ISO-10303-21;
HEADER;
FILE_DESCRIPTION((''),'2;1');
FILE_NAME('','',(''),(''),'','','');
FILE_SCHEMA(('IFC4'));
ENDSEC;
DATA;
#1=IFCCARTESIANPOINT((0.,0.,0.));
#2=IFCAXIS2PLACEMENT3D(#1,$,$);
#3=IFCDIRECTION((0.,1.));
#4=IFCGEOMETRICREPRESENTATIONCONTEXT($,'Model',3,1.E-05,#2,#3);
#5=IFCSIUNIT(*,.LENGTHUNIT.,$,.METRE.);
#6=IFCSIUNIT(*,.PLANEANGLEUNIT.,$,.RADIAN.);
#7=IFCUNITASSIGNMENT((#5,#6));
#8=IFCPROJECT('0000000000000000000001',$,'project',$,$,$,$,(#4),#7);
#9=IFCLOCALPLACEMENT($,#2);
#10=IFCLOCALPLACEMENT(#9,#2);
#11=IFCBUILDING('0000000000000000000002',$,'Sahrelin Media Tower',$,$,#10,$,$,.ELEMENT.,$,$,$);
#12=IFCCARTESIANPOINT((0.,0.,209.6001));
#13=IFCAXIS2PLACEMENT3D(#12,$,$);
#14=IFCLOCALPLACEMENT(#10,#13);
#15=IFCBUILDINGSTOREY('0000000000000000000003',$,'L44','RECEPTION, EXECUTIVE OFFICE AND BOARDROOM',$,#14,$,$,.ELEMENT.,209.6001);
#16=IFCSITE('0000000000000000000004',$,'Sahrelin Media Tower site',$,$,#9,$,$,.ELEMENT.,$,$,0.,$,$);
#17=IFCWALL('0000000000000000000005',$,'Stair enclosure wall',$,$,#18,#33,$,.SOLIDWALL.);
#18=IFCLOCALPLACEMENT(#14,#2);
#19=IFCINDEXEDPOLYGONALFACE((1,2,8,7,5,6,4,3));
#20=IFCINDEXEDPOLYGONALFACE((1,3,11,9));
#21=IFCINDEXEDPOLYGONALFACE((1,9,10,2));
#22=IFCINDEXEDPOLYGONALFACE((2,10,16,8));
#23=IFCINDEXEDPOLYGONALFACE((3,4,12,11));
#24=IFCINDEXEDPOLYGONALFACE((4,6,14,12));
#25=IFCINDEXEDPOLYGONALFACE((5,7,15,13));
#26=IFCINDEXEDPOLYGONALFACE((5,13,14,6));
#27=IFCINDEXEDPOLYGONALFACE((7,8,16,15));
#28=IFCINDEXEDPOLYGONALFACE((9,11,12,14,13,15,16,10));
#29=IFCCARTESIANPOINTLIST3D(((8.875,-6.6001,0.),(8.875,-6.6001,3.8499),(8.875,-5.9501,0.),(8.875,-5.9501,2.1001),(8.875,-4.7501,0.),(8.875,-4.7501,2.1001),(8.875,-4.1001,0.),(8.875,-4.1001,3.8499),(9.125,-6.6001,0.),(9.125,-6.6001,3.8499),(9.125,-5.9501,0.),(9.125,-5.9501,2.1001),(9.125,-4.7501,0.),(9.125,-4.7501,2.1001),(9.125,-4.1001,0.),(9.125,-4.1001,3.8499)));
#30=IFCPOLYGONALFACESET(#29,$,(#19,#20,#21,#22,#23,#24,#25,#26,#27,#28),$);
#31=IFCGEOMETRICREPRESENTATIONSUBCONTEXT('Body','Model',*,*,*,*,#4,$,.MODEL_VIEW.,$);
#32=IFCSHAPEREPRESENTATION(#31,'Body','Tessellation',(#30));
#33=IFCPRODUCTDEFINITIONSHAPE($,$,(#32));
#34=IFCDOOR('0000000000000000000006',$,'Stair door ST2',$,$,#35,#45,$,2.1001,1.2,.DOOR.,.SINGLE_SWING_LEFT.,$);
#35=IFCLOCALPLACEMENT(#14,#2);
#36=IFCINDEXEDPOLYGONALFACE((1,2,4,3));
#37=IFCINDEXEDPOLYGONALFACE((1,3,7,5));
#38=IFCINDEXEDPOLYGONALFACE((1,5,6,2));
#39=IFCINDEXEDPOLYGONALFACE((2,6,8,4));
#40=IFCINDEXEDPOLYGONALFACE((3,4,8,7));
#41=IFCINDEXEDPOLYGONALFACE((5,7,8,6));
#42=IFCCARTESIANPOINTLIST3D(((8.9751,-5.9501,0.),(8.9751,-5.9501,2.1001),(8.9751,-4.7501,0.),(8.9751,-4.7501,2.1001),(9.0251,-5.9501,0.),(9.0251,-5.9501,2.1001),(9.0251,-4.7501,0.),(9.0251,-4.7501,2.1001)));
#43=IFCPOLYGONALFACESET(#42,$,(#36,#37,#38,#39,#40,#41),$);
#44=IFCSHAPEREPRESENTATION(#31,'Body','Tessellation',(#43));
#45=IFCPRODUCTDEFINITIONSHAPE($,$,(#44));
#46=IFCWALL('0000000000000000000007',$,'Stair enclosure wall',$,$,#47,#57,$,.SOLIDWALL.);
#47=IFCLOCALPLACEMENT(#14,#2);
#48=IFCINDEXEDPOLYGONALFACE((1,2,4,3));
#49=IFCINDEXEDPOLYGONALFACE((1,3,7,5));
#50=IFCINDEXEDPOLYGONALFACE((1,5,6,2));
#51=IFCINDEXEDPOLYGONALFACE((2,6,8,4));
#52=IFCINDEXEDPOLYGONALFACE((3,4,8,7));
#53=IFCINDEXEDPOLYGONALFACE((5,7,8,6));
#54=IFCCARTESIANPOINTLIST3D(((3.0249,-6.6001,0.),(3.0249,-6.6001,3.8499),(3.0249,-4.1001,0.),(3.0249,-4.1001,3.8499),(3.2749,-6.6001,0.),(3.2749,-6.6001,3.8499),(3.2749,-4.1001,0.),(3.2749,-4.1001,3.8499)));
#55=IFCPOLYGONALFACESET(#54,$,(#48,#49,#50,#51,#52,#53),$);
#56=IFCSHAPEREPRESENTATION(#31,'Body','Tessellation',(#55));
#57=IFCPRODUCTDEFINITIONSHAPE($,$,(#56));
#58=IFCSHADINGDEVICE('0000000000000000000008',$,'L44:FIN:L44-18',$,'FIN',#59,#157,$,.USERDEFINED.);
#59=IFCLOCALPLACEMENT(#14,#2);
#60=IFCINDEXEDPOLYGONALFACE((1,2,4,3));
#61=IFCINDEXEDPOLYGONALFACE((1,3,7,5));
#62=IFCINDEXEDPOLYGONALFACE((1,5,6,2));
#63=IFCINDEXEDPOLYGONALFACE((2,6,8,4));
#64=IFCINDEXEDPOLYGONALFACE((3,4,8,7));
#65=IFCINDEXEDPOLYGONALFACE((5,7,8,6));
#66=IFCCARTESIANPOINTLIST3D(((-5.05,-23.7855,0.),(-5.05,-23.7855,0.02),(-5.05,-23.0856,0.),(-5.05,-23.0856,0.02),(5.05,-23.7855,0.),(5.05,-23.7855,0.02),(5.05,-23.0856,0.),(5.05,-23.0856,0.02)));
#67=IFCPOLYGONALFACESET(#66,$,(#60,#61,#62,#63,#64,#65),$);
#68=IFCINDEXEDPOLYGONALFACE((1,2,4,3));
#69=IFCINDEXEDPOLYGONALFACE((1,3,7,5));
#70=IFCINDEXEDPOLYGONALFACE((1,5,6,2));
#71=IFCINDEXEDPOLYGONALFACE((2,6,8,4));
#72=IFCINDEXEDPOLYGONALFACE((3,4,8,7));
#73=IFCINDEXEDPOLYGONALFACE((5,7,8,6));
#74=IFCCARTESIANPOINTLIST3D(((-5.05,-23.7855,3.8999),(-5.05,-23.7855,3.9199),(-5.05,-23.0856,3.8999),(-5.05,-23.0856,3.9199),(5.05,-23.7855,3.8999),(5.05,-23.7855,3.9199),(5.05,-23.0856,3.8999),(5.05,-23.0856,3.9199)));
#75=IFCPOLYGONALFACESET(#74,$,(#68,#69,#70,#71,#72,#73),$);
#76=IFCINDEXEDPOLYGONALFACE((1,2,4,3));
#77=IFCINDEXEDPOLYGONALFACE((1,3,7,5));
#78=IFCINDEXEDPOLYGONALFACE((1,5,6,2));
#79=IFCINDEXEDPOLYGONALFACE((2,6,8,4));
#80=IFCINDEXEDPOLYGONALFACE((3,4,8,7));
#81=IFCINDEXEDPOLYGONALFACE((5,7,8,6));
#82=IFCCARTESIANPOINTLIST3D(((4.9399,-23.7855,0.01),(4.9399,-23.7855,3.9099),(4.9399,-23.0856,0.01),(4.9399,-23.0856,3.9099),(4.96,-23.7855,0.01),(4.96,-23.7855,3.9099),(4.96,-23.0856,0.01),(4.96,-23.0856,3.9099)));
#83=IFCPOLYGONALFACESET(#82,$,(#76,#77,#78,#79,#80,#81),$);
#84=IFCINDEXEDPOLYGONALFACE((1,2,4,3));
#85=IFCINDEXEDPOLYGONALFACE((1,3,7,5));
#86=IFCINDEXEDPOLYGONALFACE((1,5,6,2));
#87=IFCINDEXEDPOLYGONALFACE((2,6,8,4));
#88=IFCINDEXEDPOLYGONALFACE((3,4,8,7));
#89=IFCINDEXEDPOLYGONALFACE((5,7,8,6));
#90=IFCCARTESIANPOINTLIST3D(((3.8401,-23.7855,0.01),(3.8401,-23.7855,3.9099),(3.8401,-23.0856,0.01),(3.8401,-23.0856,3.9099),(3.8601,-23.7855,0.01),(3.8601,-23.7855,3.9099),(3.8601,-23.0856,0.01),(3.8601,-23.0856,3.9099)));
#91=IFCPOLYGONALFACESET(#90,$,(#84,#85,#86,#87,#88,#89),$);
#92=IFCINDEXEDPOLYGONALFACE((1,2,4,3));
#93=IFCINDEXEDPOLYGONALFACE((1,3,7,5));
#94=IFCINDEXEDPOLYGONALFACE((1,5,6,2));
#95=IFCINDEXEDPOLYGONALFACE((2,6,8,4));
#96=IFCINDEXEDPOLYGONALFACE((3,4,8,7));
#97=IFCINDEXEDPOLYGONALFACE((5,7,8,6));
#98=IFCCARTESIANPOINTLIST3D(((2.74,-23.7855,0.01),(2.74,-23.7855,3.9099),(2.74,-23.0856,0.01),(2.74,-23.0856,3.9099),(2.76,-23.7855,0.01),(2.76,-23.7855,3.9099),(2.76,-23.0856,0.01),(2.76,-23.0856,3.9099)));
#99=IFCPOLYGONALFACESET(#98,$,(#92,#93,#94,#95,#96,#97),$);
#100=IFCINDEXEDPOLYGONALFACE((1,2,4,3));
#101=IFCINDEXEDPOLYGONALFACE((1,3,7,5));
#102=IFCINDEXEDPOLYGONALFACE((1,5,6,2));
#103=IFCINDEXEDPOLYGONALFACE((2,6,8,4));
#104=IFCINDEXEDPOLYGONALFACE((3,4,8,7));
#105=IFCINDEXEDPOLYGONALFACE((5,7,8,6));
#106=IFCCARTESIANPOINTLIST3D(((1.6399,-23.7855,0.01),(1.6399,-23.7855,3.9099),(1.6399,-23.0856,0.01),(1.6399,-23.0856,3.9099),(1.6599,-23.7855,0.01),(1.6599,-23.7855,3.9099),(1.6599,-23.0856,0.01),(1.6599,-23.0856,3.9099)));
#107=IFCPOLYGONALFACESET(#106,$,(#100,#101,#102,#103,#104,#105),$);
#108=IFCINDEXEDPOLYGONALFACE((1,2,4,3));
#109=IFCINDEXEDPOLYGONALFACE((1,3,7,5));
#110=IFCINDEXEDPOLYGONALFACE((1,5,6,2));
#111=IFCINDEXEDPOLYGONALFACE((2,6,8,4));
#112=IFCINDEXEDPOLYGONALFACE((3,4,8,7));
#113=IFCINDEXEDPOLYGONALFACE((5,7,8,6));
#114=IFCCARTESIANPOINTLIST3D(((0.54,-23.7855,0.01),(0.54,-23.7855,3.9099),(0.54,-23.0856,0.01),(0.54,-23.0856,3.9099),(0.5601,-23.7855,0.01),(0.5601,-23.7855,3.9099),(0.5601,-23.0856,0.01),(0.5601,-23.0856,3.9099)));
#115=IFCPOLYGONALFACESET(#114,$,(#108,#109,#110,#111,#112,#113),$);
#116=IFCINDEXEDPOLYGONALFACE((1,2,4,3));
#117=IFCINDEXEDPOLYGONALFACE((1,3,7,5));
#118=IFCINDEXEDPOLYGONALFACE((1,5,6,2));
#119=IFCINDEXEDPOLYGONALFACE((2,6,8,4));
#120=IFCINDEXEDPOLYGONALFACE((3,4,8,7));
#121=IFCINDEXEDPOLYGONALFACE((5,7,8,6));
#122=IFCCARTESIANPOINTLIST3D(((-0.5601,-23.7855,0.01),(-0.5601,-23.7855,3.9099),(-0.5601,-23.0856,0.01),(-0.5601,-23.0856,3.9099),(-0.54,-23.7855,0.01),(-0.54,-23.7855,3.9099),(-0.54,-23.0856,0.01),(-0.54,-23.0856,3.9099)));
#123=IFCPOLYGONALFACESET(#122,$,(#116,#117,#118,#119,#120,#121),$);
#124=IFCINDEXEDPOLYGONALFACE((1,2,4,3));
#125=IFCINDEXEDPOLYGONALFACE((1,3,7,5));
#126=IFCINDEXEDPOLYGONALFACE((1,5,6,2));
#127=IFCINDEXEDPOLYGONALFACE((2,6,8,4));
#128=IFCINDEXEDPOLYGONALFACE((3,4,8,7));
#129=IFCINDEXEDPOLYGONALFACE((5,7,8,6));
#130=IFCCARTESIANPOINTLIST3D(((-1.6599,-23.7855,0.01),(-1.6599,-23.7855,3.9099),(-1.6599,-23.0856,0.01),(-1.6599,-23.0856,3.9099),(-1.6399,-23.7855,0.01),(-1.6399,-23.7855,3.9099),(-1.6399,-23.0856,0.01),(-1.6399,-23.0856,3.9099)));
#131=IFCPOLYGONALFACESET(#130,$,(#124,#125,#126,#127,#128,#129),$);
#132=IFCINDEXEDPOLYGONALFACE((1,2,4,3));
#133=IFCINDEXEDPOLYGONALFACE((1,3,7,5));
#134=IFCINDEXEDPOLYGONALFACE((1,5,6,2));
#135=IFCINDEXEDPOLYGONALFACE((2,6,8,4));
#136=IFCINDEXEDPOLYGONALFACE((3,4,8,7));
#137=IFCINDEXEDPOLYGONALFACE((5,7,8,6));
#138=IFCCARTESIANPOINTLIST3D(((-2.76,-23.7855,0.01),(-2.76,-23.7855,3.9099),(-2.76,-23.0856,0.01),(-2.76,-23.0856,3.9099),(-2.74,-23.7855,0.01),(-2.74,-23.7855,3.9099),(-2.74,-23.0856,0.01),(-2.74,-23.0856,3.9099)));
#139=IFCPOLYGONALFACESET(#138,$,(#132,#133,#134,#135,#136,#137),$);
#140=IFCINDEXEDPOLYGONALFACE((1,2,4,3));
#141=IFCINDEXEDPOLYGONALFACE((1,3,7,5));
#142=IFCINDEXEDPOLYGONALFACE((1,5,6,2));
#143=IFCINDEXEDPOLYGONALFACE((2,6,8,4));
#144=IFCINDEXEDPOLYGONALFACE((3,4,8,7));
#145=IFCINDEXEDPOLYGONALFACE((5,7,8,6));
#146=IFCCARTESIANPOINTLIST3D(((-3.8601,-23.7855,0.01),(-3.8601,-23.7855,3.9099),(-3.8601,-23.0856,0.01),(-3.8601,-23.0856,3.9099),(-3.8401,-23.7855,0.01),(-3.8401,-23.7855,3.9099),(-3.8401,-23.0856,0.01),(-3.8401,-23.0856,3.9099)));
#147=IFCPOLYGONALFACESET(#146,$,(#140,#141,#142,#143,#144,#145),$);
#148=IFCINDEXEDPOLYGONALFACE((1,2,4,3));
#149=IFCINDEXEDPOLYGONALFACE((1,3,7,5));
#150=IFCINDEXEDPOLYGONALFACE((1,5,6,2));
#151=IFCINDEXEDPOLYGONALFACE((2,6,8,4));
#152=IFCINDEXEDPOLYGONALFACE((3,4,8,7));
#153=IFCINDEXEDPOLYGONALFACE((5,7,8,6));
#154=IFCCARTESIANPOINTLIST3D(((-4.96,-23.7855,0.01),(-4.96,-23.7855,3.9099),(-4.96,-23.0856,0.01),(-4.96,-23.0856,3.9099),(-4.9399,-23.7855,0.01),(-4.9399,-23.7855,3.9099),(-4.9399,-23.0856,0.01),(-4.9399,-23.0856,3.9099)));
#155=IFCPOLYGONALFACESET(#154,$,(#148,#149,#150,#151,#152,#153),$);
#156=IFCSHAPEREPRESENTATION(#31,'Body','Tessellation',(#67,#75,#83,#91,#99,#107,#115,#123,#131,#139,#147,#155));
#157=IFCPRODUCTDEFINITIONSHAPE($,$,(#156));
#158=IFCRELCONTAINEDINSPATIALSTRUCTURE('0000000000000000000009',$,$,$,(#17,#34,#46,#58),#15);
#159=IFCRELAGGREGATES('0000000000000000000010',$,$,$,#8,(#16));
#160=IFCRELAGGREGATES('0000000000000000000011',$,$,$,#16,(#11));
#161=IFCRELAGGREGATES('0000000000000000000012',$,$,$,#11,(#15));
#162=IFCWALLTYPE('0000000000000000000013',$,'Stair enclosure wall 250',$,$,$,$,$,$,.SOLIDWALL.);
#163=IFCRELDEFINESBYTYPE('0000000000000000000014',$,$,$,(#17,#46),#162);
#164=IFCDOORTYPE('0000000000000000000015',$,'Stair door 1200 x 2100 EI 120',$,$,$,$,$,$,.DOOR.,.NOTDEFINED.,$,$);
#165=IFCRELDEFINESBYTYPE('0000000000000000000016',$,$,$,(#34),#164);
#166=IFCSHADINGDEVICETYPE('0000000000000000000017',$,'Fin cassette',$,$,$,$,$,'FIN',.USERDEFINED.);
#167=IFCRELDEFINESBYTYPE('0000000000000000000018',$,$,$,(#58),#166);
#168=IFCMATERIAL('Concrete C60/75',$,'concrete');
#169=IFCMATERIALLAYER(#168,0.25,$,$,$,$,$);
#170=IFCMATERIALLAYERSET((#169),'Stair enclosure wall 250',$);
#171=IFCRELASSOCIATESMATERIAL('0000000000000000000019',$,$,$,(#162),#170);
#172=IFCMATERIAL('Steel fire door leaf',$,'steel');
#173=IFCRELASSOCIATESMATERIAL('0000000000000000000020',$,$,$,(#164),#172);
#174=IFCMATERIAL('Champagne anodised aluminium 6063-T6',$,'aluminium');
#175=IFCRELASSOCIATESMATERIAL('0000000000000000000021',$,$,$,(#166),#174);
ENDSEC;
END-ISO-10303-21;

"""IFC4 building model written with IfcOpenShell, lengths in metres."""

from ifc_helpers import new_model, si_unit, direction, frame, frame_2d, origin, origin_2d, place, context, subcontext, project, spatial, rectangle, extrude, material, layer, layer_set, type_object, element, fill, save


model = new_model("IFC4")

# Units and contexts
model_context = context("Model", 3, precision=1e-05, world=origin(), true_north=direction((0.0, 1.0)))
body_context = subcontext(model_context, "Body", "Model", "MODEL_VIEW")
ifc_project = project(units=[si_unit("LENGTHUNIT", "METRE"), si_unit("PLANEANGLEUNIT", "RADIAN")], contexts=[model_context])

# Site, building, storey
site_placement = place(None, origin())
site = spatial("IfcSite", under=ifc_project, at=site_placement, Name="Sahrelin Media Tower site", CompositionType="ELEMENT", RefElevation=0.0)
building_placement = place(site_placement, origin())
building = spatial("IfcBuilding", under=site, at=building_placement, Name="Sahrelin Media Tower", CompositionType="ELEMENT")
storey_placement = place(building_placement, frame((0.0, 0.0, 209.6001)))
storey = spatial("IfcBuildingStorey", under=building, at=storey_placement, Name="L44", Description="RECEPTION, EXECUTIVE OFFICE AND BOARDROOM", CompositionType="ELEMENT", Elevation=209.6001)

# Shared definitions
ifc_material_1 = material(Name="Champagne anodised aluminium 6063-T6", Category="aluminium")

# Shared definitions
ifc_material_2 = material(Name="Steel fire door leaf", Category="steel")

# Wall, opening, door
ifc_material_3 = material(Name="Concrete C60/75", Category="concrete")
ifc_layer_1 = layer(ifc_material_3, 0.25)
ifc_layer_set_1 = layer_set([ifc_layer_1], Name="Stair enclosure wall 250")
wall_type_1 = type_object("IfcWallType", Name="Stair enclosure wall 250", PredefinedType="SOLIDWALL", material=ifc_layer_set_1)
wall_1_placement = place(storey_placement, frame((9.0, -6.6001, 0.0), z_axis=(0.0, 0.0, 1.0), x_axis=(0.0, 1.0, 0.0)))
wall_1 = element("IfcWall", 1, at=wall_1_placement, inside=storey, type_object=wall_type_1, Name="Stair enclosure wall", PredefinedType="SOLIDWALL", context=body_context, shape_type="SweptSolid", body=[
    extrude(rectangle(XDim=2.5, YDim=0.25, at=frame_2d((1.25, 0.0))), origin(), (0.0, 0.0, 1.0), 3.8499),
])
opening_1_placement = place(wall_1_placement, frame((0.6499, 0.0, 0.0)))
opening_1 = element("IfcOpeningElement", 2, at=opening_1_placement, cuts=wall_1, PredefinedType="OPENING", context=body_context, shape_type="SweptSolid", body=[
    extrude(rectangle(XDim=1.2, YDim=2.1001, at=frame_2d((0.6001, 1.05))), frame((0.0, 0.125, 0.0), z_axis=(0.0, -1.0, 0.0), x_axis=(1.0, 0.0, 0.0)), (0.0, 0.0, 1.0), 0.25),
])
door_type_1 = type_object("IfcDoorType", Name="Stair door 1200 x 2100 EI 120", OperationType="NOTDEFINED", PredefinedType="DOOR", material=ifc_material_2)
door_1_placement = place(opening_1_placement, origin())
door_1 = element("IfcDoor", 3, at=door_1_placement, inside=storey, type_object=door_type_1, Name="Stair door ST2", OperationType="SINGLE_SWING_LEFT", OverallHeight=2.1001, OverallWidth=1.2, PredefinedType="DOOR", context=body_context, shape_type="SweptSolid", body=[
    extrude(rectangle(XDim=1.2, YDim=2.1001, at=frame_2d((0.6001, 1.05))), frame((0.0, 0.0249, 0.0), z_axis=(0.0, -1.0, 0.0), x_axis=(1.0, 0.0, 0.0)), (0.0, 0.0, 1.0), 0.05),
])
fill(opening_1, door_1)

# Wall
wall_2_placement = place(storey_placement, frame((3.1499, -6.6001, 0.0), z_axis=(0.0, 0.0, 1.0), x_axis=(0.0, 1.0, 0.0)))
element("IfcWall", 4, at=wall_2_placement, inside=storey, type_object=wall_type_1, Name="Stair enclosure wall", PredefinedType="SOLIDWALL", context=body_context, shape_type="SweptSolid", body=[
    extrude(rectangle(XDim=2.5, YDim=0.25, at=frame_2d((1.25, 0.0))), origin(), (0.0, 0.0, 1.0), 3.8499),
])

# Shading device
shading_device_type_1 = type_object("IfcShadingDeviceType", Name="Fin cassette", ElementType="FIN", PredefinedType="USERDEFINED", material=ifc_material_1)
placement_1 = place(storey_placement, frame((0.0, -23.0156, 0.0), z_axis=(0.0, 0.0, 1.0), x_axis=(-1.0, 0.0, 0.0)))
element("IfcShadingDevice", 5, at=placement_1, inside=storey, type_object=shading_device_type_1, Name="L44:FIN:L44-18", ObjectType="FIN", PredefinedType="USERDEFINED", context=body_context, shape_type="SweptSolid", body=[
    extrude(rectangle(XDim=10.1001, YDim=0.7, at=origin_2d()), frame((0.0, 0.4199, 0.0)), (0.0, 0.0, 1.0), 0.02),
    extrude(rectangle(XDim=10.1001, YDim=0.7, at=origin_2d()), frame((0.0, 0.4199, 3.8999)), (0.0, 0.0, 1.0), 0.02),
    extrude(rectangle(XDim=0.02, YDim=0.7, at=origin_2d()), frame((-4.95, 0.4199, 0.01), z_axis=(0.0, 0.0, 1.0), x_axis=(1.0, 0.0, 0.0)), (0.0, 0.0, 1.0), 3.8999),
    extrude(rectangle(XDim=0.02, YDim=0.7, at=origin_2d()), frame((-3.8501, 0.4199, 0.01), z_axis=(0.0, 0.0, 1.0), x_axis=(1.0, 0.0, 0.0)), (0.0, 0.0, 1.0), 3.8999),
    extrude(rectangle(XDim=0.02, YDim=0.7, at=origin_2d()), frame((-2.75, 0.4199, 0.01), z_axis=(0.0, 0.0, 1.0), x_axis=(1.0, 0.0, 0.0)), (0.0, 0.0, 1.0), 3.8999),
    extrude(rectangle(XDim=0.02, YDim=0.7, at=origin_2d()), frame((-1.6499, 0.4199, 0.01), z_axis=(0.0, 0.0, 1.0), x_axis=(1.0, 0.0, 0.0)), (0.0, 0.0, 1.0), 3.8999),
    extrude(rectangle(XDim=0.02, YDim=0.7, at=origin_2d()), frame((-0.55, 0.4199, 0.01), z_axis=(0.0, 0.0, 1.0), x_axis=(1.0, 0.0, 0.0)), (0.0, 0.0, 1.0), 3.8999),
    extrude(rectangle(XDim=0.02, YDim=0.7, at=origin_2d()), frame((0.55, 0.4199, 0.01), z_axis=(0.0, 0.0, 1.0), x_axis=(1.0, 0.0, 0.0)), (0.0, 0.0, 1.0), 3.8999),
    extrude(rectangle(XDim=0.02, YDim=0.7, at=origin_2d()), frame((1.6499, 0.4199, 0.01), z_axis=(0.0, 0.0, 1.0), x_axis=(1.0, 0.0, 0.0)), (0.0, 0.0, 1.0), 3.8999),
    extrude(rectangle(XDim=0.02, YDim=0.7, at=origin_2d()), frame((2.75, 0.4199, 0.01), z_axis=(0.0, 0.0, 1.0), x_axis=(1.0, 0.0, 0.0)), (0.0, 0.0, 1.0), 3.8999),
    extrude(rectangle(XDim=0.02, YDim=0.7, at=origin_2d()), frame((3.8501, 0.4199, 0.01), z_axis=(0.0, 0.0, 1.0), x_axis=(1.0, 0.0, 0.0)), (0.0, 0.0, 1.0), 3.8999),
    extrude(rectangle(XDim=0.02, YDim=0.7, at=origin_2d()), frame((4.95, 0.4199, 0.01), z_axis=(0.0, 0.0, 1.0), x_axis=(1.0, 0.0, 0.0)), (0.0, 0.0, 1.0), 3.8999),
])

save(model, "model.ifc")
